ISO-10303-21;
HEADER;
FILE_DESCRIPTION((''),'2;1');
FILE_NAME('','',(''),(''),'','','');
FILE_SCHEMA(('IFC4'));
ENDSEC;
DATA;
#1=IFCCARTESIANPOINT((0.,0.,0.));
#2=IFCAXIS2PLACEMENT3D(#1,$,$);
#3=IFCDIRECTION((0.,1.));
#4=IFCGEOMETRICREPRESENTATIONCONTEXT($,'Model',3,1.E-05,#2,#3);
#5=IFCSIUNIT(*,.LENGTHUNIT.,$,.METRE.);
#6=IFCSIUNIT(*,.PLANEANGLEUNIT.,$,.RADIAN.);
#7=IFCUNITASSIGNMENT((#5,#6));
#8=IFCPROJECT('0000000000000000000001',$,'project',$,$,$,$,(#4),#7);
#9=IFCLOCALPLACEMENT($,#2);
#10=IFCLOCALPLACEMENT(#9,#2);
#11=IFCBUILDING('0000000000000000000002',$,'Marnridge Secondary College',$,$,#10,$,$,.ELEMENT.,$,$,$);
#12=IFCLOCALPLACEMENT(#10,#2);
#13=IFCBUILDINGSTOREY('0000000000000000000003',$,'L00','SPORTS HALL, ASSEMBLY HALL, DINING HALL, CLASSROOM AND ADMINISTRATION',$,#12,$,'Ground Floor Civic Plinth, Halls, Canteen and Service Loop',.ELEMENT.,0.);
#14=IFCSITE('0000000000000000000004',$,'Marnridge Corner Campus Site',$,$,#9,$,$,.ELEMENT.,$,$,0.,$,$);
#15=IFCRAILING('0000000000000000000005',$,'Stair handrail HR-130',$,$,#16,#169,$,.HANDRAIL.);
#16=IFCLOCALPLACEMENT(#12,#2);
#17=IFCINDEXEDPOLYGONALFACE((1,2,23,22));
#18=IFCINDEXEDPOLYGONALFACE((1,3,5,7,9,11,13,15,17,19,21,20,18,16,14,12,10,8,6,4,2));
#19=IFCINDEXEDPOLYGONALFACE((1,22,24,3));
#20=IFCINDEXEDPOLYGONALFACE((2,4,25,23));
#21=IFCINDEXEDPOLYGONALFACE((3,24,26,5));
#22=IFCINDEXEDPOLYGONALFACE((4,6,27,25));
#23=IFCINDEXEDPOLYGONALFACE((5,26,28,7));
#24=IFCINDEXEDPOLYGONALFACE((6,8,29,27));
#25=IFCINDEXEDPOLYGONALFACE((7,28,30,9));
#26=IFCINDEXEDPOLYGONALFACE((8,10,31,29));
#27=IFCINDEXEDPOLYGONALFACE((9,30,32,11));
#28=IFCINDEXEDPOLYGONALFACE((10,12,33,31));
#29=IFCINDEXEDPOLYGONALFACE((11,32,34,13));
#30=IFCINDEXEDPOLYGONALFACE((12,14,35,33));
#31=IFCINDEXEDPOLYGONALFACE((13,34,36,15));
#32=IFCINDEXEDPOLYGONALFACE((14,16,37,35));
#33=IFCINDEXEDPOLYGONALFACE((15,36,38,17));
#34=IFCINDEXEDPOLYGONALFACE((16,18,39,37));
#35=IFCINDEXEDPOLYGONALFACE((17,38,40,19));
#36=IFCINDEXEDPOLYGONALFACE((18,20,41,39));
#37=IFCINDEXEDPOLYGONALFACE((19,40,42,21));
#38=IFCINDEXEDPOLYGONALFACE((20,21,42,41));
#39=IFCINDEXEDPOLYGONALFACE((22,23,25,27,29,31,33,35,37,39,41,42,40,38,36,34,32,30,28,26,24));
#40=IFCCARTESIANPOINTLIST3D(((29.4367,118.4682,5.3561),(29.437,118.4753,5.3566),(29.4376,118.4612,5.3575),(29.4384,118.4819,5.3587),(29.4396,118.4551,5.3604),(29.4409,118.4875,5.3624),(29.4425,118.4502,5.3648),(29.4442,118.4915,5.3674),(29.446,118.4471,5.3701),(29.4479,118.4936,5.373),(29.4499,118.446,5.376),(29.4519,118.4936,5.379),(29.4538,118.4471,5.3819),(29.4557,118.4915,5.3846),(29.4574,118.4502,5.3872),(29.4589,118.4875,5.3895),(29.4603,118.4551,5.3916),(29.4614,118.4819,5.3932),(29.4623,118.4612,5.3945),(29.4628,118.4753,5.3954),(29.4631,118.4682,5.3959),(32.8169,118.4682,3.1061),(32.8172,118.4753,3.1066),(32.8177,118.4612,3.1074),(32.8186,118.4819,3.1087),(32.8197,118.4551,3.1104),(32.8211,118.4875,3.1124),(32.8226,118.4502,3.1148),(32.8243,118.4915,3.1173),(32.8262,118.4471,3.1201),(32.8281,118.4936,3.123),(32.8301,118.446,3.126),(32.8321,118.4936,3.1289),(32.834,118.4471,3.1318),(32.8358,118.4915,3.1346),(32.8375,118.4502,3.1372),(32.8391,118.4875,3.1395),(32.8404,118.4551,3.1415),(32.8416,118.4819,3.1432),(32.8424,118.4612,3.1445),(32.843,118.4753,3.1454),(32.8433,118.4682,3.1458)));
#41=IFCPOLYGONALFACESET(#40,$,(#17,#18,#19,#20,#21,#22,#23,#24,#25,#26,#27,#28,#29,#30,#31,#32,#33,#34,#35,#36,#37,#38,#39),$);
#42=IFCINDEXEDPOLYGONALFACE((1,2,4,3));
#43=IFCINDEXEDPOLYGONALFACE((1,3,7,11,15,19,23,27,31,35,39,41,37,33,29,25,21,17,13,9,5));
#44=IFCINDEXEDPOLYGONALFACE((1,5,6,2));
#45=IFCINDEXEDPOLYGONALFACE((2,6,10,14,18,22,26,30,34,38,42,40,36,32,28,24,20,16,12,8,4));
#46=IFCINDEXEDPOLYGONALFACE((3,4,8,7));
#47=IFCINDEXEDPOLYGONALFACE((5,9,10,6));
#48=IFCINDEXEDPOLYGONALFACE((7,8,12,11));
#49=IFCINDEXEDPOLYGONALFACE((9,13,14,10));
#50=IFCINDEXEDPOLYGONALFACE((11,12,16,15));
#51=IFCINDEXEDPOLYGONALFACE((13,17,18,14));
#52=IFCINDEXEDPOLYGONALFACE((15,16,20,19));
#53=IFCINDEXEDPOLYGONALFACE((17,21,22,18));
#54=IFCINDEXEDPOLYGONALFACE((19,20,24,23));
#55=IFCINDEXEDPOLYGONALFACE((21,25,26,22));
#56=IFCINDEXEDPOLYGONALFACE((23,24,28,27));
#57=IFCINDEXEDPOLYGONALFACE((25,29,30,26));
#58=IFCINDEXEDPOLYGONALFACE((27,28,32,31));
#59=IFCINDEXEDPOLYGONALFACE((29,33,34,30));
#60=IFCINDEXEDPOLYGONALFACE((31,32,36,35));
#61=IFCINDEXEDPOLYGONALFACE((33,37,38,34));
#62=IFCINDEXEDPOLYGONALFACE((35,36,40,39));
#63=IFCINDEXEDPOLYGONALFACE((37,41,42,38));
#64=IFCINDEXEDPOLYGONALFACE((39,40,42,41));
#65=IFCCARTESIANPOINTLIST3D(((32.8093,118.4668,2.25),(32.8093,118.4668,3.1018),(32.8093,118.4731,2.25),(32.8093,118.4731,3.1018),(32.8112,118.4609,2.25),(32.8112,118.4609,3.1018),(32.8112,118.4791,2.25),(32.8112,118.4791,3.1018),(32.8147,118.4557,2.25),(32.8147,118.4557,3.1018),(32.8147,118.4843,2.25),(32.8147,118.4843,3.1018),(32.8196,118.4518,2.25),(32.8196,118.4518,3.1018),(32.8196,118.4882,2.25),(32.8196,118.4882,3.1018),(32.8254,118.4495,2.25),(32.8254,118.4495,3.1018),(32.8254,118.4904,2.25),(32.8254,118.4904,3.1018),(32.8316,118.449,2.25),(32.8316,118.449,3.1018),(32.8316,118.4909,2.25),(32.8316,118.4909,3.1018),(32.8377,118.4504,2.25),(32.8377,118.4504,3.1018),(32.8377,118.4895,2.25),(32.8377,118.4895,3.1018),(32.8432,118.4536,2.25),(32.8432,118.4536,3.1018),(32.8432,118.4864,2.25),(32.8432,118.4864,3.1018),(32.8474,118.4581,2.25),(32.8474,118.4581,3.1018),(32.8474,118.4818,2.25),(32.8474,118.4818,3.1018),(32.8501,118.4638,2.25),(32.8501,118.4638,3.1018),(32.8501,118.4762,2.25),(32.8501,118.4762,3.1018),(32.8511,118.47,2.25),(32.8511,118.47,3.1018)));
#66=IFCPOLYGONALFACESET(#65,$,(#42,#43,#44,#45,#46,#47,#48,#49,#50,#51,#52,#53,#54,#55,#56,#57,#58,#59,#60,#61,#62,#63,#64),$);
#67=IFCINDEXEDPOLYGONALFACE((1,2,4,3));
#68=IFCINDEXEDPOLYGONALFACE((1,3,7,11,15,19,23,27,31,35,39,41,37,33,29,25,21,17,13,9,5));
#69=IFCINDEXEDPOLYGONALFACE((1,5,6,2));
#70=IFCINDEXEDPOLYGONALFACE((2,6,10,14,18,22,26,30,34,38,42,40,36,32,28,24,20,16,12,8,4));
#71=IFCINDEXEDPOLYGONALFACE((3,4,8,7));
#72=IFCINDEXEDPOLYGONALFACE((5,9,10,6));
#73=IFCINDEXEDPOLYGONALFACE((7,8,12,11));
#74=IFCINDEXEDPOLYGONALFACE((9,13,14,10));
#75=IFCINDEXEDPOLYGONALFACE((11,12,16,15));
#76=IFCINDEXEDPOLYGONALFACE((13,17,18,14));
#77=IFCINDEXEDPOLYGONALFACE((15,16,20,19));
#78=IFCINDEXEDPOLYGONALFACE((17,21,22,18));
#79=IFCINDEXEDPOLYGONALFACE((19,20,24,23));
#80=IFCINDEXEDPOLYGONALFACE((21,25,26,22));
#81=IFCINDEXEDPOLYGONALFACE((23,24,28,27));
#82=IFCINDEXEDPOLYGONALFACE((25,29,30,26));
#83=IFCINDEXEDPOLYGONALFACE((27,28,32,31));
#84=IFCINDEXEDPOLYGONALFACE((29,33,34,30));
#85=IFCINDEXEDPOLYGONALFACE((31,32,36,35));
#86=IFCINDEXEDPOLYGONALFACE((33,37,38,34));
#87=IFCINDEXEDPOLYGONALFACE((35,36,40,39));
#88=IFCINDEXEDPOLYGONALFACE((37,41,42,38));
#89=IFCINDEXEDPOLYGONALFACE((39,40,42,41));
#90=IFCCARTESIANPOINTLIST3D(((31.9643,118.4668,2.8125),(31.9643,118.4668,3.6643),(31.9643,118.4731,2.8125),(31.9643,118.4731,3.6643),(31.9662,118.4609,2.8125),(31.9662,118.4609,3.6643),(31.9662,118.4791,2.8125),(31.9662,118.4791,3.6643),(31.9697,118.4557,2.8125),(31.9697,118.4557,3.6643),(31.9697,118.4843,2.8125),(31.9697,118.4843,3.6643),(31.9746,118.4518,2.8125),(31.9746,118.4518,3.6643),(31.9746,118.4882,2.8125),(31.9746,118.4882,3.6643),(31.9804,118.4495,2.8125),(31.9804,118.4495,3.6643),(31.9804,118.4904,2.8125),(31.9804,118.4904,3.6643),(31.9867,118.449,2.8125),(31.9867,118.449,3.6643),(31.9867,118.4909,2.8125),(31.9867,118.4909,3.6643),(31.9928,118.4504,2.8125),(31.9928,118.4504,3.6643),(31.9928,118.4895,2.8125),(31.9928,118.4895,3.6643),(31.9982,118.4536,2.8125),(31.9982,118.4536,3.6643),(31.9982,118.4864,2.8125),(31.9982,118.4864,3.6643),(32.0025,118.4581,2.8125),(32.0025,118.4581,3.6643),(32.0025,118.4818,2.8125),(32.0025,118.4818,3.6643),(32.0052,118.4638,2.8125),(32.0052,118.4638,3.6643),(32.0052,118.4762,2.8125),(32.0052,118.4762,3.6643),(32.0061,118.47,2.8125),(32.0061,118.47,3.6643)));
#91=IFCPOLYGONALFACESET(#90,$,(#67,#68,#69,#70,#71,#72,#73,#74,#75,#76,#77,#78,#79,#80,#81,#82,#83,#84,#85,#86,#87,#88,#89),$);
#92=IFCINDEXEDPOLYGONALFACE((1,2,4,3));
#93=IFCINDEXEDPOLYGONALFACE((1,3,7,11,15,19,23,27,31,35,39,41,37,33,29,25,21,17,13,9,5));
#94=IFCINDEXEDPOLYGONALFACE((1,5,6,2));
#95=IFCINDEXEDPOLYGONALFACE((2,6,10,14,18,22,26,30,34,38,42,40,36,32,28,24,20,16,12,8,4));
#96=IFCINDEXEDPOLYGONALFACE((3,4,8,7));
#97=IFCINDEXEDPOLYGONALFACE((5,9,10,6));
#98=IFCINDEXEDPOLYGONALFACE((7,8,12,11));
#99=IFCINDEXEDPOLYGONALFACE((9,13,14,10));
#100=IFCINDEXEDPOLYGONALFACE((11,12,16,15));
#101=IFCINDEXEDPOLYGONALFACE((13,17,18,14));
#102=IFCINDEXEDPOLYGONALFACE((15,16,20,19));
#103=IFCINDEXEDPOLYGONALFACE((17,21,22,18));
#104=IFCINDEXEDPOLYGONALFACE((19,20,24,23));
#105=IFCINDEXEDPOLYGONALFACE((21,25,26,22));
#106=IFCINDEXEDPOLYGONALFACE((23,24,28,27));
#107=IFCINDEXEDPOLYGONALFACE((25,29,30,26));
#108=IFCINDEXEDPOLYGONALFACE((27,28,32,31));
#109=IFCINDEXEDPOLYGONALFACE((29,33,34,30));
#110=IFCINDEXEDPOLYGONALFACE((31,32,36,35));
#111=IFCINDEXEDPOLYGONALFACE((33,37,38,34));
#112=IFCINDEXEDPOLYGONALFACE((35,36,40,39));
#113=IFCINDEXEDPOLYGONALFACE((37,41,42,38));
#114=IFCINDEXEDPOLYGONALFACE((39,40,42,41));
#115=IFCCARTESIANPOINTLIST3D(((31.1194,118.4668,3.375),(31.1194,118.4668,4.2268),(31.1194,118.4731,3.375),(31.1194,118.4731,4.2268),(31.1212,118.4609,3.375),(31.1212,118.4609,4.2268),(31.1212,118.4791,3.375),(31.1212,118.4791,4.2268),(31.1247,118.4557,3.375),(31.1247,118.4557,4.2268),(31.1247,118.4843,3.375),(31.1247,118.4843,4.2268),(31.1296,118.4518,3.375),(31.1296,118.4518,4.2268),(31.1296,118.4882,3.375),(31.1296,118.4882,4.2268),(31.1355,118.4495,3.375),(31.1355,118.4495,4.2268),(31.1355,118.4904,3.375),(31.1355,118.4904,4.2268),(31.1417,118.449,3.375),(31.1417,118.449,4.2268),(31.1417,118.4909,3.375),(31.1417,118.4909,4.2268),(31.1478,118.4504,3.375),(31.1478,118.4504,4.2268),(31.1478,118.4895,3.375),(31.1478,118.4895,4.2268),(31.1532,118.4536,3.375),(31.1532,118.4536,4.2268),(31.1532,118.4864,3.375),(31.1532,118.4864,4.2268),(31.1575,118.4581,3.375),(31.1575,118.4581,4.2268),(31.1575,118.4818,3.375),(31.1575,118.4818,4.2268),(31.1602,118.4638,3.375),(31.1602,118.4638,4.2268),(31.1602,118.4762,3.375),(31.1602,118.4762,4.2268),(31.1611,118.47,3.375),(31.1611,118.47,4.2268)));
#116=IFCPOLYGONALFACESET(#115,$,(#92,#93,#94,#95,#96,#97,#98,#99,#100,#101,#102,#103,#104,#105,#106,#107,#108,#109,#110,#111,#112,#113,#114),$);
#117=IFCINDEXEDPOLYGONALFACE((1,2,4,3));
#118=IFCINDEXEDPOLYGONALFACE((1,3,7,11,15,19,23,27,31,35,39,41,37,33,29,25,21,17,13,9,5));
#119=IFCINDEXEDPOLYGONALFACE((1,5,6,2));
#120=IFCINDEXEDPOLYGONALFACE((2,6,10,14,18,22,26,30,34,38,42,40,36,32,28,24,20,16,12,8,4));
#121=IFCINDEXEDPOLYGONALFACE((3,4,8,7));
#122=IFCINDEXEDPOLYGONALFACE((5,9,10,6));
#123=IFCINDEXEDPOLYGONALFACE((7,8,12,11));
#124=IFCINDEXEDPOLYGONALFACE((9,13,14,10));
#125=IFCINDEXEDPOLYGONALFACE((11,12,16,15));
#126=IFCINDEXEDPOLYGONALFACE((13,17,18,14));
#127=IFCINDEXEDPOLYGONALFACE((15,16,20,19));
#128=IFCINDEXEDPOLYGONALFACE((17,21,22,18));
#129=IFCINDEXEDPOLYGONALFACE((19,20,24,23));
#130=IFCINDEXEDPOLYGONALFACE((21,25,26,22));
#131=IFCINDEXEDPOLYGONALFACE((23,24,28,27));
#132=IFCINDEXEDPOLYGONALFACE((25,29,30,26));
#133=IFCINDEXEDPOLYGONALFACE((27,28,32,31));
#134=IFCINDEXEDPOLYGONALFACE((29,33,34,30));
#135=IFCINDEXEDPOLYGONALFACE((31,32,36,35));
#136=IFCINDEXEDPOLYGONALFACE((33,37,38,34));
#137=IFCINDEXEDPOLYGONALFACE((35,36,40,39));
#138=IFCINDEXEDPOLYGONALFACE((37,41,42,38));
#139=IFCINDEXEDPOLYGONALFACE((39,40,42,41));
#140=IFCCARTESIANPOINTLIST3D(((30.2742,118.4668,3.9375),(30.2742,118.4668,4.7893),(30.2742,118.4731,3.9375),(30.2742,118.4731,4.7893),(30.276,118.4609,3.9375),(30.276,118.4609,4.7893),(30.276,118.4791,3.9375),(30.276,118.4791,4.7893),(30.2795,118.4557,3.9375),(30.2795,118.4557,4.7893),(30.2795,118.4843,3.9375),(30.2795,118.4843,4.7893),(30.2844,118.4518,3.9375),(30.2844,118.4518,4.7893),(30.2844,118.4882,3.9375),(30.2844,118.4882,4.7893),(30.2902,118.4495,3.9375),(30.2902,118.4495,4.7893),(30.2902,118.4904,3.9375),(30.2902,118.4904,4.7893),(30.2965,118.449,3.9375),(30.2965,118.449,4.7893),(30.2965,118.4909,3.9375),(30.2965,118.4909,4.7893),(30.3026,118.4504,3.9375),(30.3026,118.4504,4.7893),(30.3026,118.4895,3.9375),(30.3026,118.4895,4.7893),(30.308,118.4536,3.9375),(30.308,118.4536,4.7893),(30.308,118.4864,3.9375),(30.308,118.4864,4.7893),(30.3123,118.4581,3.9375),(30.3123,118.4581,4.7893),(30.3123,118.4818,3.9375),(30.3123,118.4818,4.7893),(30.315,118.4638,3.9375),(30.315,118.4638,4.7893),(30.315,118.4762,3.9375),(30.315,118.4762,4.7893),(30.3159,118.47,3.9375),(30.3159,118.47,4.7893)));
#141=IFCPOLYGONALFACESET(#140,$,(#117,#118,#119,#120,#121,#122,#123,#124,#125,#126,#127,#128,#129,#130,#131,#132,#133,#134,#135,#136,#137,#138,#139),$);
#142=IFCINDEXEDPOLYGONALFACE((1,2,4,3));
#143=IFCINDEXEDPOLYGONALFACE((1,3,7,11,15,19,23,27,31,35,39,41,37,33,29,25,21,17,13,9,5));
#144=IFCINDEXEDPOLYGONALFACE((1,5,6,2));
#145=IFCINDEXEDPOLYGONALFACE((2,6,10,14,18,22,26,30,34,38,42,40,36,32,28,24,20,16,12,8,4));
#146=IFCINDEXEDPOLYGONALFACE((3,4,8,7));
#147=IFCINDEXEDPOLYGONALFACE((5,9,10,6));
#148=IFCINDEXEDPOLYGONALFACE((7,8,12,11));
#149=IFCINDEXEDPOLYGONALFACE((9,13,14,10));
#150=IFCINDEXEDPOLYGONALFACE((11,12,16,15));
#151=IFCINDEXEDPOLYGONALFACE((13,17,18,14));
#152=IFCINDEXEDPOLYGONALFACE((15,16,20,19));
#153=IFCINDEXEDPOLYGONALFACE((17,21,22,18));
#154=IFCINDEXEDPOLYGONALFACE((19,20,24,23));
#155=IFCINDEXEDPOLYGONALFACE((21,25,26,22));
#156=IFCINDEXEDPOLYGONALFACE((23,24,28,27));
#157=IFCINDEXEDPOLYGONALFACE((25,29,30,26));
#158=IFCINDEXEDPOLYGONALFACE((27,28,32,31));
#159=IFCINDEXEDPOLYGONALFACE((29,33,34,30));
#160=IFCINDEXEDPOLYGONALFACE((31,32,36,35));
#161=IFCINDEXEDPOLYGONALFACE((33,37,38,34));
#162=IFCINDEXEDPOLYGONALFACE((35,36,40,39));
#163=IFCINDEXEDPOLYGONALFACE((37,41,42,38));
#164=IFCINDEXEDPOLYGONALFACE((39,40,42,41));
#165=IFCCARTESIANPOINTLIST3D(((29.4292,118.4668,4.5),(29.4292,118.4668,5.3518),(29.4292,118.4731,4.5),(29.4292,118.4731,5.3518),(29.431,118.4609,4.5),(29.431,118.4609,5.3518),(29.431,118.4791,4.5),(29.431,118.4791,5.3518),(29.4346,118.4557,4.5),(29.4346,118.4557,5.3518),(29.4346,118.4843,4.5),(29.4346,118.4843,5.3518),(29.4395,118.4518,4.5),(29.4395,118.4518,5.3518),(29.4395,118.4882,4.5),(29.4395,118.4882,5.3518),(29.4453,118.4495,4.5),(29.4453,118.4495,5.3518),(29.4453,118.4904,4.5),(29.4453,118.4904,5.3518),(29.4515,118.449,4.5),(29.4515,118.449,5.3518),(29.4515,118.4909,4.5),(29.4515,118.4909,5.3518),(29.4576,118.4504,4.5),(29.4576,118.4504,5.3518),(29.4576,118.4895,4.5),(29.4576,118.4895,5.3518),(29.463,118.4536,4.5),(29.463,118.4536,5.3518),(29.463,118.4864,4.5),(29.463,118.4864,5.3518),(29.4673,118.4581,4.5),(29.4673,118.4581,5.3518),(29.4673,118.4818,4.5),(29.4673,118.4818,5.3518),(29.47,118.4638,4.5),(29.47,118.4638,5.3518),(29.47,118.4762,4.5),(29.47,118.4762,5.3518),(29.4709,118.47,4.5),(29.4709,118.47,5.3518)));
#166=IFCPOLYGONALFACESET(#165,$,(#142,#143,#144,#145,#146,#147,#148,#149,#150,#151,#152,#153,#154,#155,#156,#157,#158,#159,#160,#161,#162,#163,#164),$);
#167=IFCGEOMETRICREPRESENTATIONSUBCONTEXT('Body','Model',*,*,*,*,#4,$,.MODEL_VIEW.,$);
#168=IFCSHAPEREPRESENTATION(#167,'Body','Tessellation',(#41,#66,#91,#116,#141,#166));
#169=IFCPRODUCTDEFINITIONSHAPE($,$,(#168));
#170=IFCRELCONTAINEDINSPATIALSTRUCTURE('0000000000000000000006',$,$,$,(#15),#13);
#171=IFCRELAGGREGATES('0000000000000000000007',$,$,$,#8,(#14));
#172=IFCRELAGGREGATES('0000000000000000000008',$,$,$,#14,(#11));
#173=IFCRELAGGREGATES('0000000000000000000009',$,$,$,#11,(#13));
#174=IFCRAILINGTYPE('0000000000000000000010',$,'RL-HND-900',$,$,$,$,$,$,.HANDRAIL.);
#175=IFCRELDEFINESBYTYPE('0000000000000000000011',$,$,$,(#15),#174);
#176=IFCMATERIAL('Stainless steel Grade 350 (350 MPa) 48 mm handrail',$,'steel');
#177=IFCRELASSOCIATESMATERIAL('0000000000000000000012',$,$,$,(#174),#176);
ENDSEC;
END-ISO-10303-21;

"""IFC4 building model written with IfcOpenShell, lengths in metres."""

from ifc_helpers import new_model, si_unit, direction, frame, origin, origin_2d, place, context, subcontext, project, spatial, circle, extrude, material, type_object, element, save


model = new_model("IFC4")

# Units and contexts
model_context = context("Model", 3, precision=1e-05, world=origin(), true_north=direction((0.0, 1.0)))
body_context = subcontext(model_context, "Body", "Model", "MODEL_VIEW")
ifc_project = project(units=[si_unit("LENGTHUNIT", "METRE"), si_unit("PLANEANGLEUNIT", "RADIAN")], contexts=[model_context])

# Site, building, storey
site_placement = place(None, origin())
site = spatial("IfcSite", under=ifc_project, at=site_placement, Name="Marnridge Corner Campus Site", CompositionType="ELEMENT", RefElevation=0.0)
building_placement = place(site_placement, origin())
building = spatial("IfcBuilding", under=site, at=building_placement, Name="Marnridge Secondary College", CompositionType="ELEMENT")
storey_placement = place(building_placement, origin())
storey = spatial("IfcBuildingStorey", under=building, at=storey_placement, Name="L00", Description="SPORTS HALL, ASSEMBLY HALL, DINING HALL, CLASSROOM AND ADMINISTRATION", LongName="Ground Floor Civic Plinth, Halls, Canteen and Service Loop", CompositionType="ELEMENT", Elevation=0.0)

# Railing
ifc_material_1 = material(Name="Stainless steel Grade 350 (350 MPa) 48 mm handrail", Category="steel")
railing_type = type_object("IfcRailingType", Name="RL-HND-900", PredefinedType="HANDRAIL", material=ifc_material_1)
for number, where, name in (
    (1, (32.8301, 118.47, 2.25), "Stair handrail HR-130"),
):
    element("IfcRailing", number, at=place(storey_placement, frame(where)), inside=storey, type_object=railing_type, Name=name, PredefinedType="HANDRAIL", context=body_context, shape_type="SweptSolid", body=[
        extrude(circle(Radius=0.0239, at=origin_2d()), frame((0.0, 0.0, 0.876), z_axis=(-0.832439, 0.0, 0.554117), x_axis=(0.0, -1.0, 0.0)), (0.0, 0.0, 1.0), 4.0605),
        extrude(circle(Radius=0.021, at=origin_2d()), origin(), (0.0, 0.0, 1.0), 0.8518),
        extrude(circle(Radius=0.021, at=origin_2d()), frame((-0.845, 0.0, 0.5625)), (0.0, 0.0, 1.0), 0.8518),
        extrude(circle(Radius=0.021, at=origin_2d()), frame((-1.6899, 0.0, 1.125)), (0.0, 0.0, 1.0), 0.8518),
        extrude(circle(Radius=0.021, at=origin_2d()), frame((-2.5352, 0.0, 1.6875)), (0.0, 0.0, 1.0), 0.8518),
        extrude(circle(Radius=0.021, at=origin_2d()), frame((-3.3801, 0.0, 2.25)), (0.0, 0.0, 1.0), 0.8518),
    ])

save(model, "model.ifc")
